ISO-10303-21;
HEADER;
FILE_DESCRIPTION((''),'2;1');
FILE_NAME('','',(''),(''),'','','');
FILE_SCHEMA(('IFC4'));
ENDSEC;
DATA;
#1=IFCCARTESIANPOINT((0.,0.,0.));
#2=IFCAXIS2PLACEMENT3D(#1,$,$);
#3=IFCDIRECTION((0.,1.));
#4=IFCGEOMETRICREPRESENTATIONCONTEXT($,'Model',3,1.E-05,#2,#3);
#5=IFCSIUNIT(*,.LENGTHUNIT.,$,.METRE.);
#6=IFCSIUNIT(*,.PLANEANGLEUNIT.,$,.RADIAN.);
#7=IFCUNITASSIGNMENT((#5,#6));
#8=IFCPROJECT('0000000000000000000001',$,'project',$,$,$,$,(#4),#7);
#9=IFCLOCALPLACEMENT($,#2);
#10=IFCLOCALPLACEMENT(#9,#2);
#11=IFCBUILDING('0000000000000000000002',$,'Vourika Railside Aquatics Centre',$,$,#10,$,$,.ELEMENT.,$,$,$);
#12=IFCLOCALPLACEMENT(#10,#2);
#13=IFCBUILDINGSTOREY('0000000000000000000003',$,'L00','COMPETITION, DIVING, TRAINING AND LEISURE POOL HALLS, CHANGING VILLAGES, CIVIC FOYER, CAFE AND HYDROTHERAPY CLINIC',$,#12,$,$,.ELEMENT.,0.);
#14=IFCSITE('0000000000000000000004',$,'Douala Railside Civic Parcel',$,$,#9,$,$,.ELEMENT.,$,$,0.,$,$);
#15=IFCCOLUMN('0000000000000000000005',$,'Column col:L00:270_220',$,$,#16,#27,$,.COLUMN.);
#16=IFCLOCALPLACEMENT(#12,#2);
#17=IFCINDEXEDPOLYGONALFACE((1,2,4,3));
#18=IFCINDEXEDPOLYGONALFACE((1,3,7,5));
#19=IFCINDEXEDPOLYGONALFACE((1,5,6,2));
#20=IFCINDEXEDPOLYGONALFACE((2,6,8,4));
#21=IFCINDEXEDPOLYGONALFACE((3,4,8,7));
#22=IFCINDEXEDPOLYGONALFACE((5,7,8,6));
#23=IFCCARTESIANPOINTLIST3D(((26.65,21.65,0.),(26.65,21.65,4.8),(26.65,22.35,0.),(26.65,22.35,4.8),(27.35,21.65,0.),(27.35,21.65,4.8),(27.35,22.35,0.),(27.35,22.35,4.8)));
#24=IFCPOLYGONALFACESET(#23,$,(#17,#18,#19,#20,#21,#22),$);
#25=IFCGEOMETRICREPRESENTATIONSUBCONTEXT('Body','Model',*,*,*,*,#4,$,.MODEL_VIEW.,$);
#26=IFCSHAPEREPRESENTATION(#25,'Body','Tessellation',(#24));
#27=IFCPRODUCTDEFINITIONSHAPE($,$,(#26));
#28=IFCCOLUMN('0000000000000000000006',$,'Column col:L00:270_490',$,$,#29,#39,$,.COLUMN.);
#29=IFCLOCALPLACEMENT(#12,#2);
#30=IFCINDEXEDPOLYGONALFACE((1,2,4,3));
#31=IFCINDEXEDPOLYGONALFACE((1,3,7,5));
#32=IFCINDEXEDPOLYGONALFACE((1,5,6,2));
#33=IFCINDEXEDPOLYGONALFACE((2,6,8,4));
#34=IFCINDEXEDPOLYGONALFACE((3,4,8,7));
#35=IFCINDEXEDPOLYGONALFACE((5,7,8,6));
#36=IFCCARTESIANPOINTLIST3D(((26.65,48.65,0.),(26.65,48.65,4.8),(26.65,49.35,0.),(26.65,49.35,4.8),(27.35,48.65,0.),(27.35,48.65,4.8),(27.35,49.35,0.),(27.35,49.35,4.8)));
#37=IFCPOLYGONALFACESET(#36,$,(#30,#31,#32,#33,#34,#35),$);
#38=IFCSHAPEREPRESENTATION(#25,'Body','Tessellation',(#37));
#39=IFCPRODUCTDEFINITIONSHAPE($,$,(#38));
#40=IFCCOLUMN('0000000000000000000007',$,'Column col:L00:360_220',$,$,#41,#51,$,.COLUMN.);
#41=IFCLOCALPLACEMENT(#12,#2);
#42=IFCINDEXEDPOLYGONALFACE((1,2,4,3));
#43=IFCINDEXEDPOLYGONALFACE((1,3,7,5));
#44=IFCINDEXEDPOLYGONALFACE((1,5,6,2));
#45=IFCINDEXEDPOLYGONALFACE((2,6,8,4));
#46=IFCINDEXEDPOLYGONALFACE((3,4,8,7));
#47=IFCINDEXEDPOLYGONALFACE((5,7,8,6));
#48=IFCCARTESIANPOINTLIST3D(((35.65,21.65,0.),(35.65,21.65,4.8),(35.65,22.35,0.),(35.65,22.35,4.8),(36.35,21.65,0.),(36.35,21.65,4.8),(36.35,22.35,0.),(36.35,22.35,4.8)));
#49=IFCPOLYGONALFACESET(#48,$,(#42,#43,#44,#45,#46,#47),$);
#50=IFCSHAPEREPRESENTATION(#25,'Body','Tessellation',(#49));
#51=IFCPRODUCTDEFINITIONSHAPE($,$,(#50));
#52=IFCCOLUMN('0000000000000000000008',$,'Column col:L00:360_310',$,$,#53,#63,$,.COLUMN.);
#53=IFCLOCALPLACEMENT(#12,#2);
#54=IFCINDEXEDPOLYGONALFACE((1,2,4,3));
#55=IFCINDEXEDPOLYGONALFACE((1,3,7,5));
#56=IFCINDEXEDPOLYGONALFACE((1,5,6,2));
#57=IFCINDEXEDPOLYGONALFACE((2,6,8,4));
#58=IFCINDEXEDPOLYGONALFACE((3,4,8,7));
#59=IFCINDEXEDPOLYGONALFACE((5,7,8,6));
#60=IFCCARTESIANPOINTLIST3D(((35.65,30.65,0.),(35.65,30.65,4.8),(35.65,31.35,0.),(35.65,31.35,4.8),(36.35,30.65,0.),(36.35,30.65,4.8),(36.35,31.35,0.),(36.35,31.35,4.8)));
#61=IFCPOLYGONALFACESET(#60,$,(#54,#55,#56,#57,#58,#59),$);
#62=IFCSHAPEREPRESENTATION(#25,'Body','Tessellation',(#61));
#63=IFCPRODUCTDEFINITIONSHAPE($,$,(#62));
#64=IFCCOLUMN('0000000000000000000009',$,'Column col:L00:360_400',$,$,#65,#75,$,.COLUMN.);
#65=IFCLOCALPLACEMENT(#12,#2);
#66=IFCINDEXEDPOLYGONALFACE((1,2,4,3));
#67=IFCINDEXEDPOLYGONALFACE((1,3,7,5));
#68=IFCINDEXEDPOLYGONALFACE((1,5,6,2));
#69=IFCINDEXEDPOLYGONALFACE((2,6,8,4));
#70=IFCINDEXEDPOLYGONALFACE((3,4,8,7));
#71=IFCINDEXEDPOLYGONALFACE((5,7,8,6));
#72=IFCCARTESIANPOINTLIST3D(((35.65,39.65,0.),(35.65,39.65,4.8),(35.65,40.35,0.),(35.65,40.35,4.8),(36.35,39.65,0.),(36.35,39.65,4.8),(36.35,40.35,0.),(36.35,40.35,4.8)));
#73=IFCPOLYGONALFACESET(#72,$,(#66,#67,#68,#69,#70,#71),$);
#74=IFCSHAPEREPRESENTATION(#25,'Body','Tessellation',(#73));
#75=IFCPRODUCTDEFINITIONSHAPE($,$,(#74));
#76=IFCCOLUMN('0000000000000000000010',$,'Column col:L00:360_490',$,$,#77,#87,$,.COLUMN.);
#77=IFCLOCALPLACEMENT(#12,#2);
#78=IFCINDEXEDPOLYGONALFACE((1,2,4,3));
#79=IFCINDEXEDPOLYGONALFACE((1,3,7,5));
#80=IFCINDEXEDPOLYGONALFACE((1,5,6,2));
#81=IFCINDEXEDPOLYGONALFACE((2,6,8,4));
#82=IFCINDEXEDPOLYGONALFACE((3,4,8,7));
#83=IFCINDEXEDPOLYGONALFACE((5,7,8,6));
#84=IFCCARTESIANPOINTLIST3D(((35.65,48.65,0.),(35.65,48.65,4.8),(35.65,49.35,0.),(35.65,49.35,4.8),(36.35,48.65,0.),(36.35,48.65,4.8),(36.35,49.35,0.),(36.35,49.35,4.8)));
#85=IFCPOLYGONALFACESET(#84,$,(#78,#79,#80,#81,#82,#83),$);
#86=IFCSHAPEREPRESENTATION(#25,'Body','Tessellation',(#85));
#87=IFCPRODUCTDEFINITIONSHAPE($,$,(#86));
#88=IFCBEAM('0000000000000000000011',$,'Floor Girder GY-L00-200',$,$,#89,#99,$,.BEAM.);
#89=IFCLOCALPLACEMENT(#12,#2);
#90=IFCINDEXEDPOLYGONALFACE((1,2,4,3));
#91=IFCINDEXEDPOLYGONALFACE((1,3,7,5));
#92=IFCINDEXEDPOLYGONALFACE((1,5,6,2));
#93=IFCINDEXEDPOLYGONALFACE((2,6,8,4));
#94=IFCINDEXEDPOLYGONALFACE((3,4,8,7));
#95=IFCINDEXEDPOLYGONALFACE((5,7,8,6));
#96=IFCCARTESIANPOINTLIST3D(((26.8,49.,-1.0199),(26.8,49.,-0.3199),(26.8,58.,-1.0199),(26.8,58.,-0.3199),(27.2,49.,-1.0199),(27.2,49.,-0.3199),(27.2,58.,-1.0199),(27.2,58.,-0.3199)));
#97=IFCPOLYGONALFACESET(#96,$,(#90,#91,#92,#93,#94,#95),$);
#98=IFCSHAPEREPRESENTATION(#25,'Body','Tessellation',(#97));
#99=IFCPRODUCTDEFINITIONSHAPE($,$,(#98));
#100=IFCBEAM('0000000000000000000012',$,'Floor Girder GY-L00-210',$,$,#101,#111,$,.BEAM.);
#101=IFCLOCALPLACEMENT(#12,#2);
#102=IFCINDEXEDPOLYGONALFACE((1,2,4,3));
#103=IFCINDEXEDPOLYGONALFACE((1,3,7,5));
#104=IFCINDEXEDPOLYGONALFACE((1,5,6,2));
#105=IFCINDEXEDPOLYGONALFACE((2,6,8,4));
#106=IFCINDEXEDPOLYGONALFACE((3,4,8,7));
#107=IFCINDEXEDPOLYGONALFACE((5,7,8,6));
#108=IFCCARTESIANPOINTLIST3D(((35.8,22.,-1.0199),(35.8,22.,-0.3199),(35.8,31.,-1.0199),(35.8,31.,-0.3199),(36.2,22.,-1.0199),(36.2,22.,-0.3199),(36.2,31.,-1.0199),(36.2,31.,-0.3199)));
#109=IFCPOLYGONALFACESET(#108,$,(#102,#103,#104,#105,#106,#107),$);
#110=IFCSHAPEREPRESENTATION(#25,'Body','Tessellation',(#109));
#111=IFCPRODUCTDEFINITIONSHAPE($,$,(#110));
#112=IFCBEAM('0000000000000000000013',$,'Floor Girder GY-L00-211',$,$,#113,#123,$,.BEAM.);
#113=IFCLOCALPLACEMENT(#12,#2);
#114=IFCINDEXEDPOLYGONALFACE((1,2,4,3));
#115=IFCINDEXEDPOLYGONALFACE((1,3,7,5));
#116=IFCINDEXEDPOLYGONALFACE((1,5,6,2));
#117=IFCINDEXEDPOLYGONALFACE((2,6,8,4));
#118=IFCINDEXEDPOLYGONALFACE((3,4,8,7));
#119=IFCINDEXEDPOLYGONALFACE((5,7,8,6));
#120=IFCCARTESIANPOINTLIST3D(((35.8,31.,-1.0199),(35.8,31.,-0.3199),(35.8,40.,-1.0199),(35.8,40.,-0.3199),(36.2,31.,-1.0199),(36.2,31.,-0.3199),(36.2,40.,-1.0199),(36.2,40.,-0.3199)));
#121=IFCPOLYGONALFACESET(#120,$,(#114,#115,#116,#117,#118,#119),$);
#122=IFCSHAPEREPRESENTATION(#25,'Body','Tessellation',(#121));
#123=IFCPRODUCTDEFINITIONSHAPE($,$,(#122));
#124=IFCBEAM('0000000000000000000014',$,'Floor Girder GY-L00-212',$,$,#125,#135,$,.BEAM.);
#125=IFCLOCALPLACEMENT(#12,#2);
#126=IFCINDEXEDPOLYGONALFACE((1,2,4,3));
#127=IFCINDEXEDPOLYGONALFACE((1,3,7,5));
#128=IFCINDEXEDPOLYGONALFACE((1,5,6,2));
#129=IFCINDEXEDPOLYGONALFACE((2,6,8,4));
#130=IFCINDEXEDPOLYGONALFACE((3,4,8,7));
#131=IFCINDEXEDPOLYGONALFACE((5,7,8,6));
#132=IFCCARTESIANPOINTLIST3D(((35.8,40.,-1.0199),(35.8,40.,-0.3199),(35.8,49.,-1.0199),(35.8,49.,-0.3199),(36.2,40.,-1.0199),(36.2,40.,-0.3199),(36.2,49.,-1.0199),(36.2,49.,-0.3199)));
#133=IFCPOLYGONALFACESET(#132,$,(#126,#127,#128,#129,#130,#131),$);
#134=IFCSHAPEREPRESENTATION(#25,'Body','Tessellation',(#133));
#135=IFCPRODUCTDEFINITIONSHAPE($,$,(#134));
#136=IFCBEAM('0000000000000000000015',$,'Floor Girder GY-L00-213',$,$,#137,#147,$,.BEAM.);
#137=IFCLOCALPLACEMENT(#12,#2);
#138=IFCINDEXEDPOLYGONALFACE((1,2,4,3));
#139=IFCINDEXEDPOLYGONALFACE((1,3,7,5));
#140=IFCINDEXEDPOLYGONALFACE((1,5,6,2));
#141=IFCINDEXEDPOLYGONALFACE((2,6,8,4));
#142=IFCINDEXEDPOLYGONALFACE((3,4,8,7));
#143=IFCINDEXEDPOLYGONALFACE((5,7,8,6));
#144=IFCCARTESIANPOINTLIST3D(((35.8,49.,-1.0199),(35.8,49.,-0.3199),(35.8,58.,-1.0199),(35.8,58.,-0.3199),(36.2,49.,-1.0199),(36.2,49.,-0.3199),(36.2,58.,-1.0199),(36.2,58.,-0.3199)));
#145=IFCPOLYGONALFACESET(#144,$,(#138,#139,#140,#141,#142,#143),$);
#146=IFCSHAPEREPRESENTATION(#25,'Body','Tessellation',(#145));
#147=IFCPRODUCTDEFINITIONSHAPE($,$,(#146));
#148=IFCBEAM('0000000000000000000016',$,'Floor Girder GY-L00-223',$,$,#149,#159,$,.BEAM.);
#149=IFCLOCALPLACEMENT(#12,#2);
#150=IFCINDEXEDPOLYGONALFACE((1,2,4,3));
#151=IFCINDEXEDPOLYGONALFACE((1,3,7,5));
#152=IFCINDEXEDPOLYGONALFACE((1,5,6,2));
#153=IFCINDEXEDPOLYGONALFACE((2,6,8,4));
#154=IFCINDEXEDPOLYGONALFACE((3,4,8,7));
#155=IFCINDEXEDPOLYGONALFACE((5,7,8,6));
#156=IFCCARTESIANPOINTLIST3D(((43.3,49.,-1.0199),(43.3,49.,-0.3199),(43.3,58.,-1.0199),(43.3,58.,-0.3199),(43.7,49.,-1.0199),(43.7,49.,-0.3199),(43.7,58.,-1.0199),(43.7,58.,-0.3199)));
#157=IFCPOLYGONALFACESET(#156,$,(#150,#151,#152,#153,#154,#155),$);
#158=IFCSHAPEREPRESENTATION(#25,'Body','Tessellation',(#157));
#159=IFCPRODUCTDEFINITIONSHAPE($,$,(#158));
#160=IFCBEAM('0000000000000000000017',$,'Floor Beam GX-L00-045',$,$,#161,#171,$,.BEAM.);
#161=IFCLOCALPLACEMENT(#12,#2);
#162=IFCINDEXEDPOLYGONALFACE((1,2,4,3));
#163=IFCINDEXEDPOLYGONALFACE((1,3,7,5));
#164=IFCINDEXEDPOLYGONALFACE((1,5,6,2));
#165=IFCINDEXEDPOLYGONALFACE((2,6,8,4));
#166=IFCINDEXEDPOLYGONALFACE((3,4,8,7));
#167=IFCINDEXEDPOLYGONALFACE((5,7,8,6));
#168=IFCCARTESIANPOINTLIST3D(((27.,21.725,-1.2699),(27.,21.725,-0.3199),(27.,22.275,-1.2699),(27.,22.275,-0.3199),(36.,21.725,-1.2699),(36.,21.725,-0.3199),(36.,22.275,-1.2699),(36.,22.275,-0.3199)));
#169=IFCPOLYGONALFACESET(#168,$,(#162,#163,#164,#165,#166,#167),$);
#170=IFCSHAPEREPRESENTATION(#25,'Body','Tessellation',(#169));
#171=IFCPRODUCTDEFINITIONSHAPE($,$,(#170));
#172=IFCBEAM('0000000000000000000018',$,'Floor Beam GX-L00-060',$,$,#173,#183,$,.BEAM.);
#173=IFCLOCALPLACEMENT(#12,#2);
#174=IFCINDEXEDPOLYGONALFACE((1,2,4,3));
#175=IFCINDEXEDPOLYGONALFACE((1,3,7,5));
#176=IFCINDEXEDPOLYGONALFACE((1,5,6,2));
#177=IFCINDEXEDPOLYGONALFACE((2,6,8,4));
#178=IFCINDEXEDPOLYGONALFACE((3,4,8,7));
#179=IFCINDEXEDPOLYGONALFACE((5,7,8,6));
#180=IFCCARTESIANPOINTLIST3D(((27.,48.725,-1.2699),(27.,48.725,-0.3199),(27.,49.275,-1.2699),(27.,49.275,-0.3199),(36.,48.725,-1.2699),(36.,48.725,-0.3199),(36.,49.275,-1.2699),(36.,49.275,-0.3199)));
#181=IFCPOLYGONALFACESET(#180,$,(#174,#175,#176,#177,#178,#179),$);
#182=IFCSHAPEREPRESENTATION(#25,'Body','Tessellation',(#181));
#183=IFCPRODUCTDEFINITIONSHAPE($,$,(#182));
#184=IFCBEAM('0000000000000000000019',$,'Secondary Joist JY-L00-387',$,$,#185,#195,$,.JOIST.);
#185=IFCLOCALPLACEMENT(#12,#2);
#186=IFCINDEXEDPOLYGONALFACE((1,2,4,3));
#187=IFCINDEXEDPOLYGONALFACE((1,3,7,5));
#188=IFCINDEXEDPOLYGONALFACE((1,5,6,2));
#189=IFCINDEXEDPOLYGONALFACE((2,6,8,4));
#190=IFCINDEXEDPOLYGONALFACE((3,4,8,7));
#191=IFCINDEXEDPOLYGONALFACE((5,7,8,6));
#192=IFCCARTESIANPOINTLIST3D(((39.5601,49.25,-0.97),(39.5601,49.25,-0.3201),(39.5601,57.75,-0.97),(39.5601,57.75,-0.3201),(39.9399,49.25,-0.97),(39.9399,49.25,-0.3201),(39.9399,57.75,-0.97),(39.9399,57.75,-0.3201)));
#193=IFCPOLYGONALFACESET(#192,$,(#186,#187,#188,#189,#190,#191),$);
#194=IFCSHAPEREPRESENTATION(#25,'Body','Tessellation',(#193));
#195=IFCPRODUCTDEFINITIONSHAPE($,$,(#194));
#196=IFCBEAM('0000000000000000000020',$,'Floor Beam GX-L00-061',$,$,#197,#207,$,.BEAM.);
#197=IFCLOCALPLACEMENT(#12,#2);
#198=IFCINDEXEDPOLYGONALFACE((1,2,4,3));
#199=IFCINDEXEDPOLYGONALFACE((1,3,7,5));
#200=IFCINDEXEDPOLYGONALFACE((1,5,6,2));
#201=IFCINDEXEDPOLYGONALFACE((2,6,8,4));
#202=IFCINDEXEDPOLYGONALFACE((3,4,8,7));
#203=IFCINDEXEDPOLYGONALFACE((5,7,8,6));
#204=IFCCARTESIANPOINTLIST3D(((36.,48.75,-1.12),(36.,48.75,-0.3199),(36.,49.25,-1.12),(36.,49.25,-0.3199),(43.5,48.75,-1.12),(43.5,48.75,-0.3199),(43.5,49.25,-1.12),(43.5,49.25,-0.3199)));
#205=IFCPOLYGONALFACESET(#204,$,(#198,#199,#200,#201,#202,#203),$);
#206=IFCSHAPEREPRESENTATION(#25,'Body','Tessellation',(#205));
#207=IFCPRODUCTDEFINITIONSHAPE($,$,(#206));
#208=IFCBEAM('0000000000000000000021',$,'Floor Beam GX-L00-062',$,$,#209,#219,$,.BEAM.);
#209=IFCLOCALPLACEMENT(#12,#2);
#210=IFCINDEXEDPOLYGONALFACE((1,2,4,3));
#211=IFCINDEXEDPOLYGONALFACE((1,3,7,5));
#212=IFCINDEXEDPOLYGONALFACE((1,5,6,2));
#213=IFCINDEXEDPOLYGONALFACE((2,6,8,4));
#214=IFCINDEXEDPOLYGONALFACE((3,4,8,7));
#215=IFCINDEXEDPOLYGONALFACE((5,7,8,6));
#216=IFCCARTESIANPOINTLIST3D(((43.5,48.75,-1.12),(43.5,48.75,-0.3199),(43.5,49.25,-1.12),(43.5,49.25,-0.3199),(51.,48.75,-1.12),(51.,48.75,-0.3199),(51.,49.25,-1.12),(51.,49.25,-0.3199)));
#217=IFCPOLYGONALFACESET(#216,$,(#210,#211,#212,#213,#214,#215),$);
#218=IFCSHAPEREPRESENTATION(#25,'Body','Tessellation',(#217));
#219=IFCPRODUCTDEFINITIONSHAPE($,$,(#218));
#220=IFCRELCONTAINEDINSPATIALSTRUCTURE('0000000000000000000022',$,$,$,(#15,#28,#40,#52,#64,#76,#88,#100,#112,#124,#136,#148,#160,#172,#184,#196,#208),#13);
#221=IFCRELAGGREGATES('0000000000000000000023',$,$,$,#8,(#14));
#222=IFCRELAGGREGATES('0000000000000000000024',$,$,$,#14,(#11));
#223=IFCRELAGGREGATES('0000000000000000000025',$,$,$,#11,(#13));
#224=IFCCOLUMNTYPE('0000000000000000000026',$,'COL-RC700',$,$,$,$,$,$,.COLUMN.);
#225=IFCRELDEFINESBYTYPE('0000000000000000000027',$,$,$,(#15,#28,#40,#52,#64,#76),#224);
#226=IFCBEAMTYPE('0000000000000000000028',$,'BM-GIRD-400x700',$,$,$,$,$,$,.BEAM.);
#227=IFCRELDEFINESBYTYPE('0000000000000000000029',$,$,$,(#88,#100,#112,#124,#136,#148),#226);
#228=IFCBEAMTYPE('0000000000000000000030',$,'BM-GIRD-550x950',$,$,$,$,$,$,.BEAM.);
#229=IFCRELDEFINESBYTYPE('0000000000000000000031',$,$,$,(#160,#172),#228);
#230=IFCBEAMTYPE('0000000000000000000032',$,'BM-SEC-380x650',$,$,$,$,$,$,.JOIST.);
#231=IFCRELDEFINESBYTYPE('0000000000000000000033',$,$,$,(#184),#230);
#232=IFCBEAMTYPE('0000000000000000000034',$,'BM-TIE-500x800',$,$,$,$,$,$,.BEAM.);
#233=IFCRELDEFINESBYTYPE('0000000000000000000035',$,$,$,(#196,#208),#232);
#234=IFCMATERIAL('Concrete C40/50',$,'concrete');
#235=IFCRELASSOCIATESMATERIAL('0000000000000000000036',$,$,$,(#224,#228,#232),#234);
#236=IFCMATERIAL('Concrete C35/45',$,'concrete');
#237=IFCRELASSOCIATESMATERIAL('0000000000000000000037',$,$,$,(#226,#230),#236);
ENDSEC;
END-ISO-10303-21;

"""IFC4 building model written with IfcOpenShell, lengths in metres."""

from ifc_helpers import new_model, si_unit, direction, frame, origin, origin_2d, place, context, subcontext, project, spatial, rectangle, extrude, material, material_profile, profile_set, type_object, element, save


model = new_model("IFC4")

# Units and contexts
model_context = context("Model", 3, precision=1e-05, world=origin(), true_north=direction((0.0, 1.0)))
body_context = subcontext(model_context, "Body", "Model", "MODEL_VIEW")
ifc_project = project(units=[si_unit("LENGTHUNIT", "METRE"), si_unit("PLANEANGLEUNIT", "RADIAN")], contexts=[model_context])

# Site, building, storey
site_placement = place(None, origin())
site = spatial("IfcSite", under=ifc_project, at=site_placement, Name="Douala Railside Civic Parcel", CompositionType="ELEMENT", RefElevation=0.0)
building_placement = place(site_placement, origin())
building = spatial("IfcBuilding", under=site, at=building_placement, Name="Vourika Railside Aquatics Centre", CompositionType="ELEMENT")
storey_placement = place(building_placement, origin())
storey = spatial("IfcBuildingStorey", under=building, at=storey_placement, Name="L00", Description="COMPETITION, DIVING, TRAINING AND LEISURE POOL HALLS, CHANGING VILLAGES, CIVIC FOYER, CAFE AND HYDROTHERAPY CLINIC", CompositionType="ELEMENT", Elevation=0.0)

# Columns
ifc_material_1 = material(Name="Concrete C40/50", Category="concrete")
ifc_material_profile_1 = material_profile(ifc_material_1, rectangle(XDim=0.7, YDim=0.7, at=origin_2d()), Name="RC 700x700")
ifc_profile_set_1 = profile_set([ifc_material_profile_1], Name="Concrete C40/50")
column_type = type_object("IfcColumnType", Name="COL-RC700", PredefinedType="COLUMN", material=ifc_profile_set_1)
for number, where, z_axis, x_axis, name in (
    (1, (27.0, 22.0, 0.0), (0.0, 0.0, 1.0), (1.0, 0.0, 0.0), "Column col:L00:270_220"),
    (2, (27.0, 49.0, 0.0), (0.0, 0.0, 1.0), (1.0, 0.0, 0.0), "Column col:L00:270_490"),
    (3, (36.0, 22.0, 0.0), (0.0, 0.0, 1.0), (1.0, 0.0, 0.0), "Column col:L00:360_220"),
    (4, (36.0, 31.0, 0.0), (0.0, 0.0, 1.0), (1.0, 0.0, 0.0), "Column col:L00:360_310"),
    (5, (36.0, 40.0, 0.0), (0.0, 0.0, 1.0), (1.0, 0.0, 0.0), "Column col:L00:360_400"),
    (6, (36.0, 49.0, 0.0), (0.0, 0.0, 1.0), (1.0, 0.0, 0.0), "Column col:L00:360_490"),
):
    element("IfcColumn", number, at=place(storey_placement, frame(where, z_axis=z_axis, x_axis=x_axis)), inside=storey, type_object=column_type, Name=name, PredefinedType="COLUMN", context=body_context, shape_type="SweptSolid", body=[
        extrude(rectangle(XDim=0.7, YDim=0.7, at=origin_2d()), origin(), (0.0, 0.0, 1.0), 4.8),
    ])

# Beams
ifc_material_2 = material(Name="Concrete C35/45", Category="concrete")
ifc_material_profile_2 = material_profile(ifc_material_2, rectangle(XDim=0.3999, YDim=0.7, at=origin_2d()), Name="RC 400x700")
ifc_profile_set_2 = profile_set([ifc_material_profile_2], Name="Concrete C35/45")
beam_type_1 = type_object("IfcBeamType", Name="BM-GIRD-400x700", PredefinedType="BEAM", material=ifc_profile_set_2)
for number, where, z_axis, x_axis, name in (
    (7, (27.0, 49.0, -0.6699), (0.0, 1.0, 0.0), (-1.0, 0.0, 0.0), "Floor Girder GY-L00-200"),
    (8, (36.0, 22.0, -0.6699), (0.0, 1.0, 0.0), (-1.0, 0.0, 0.0), "Floor Girder GY-L00-210"),
    (9, (36.0, 31.0, -0.6699), (0.0, 1.0, 0.0), (-1.0, 0.0, 0.0), "Floor Girder GY-L00-211"),
    (10, (36.0, 40.0, -0.6699), (0.0, 1.0, 0.0), (-1.0, 0.0, 0.0), "Floor Girder GY-L00-212"),
    (11, (36.0, 49.0, -0.6699), (0.0, 1.0, 0.0), (-1.0, 0.0, 0.0), "Floor Girder GY-L00-213"),
    (12, (43.5, 49.0, -0.6699), (0.0, 1.0, 0.0), (-1.0, 0.0, 0.0), "Floor Girder GY-L00-223"),
):
    element("IfcBeam", number, at=place(storey_placement, frame(where, z_axis=z_axis, x_axis=x_axis)), inside=storey, type_object=beam_type_1, Name=name, PredefinedType="BEAM", context=body_context, shape_type="SweptSolid", body=[
        extrude(rectangle(XDim=0.3999, YDim=0.7, at=origin_2d()), origin(), (0.0, 0.0, 1.0), 9.0),
    ])
ifc_material_profile_3 = material_profile(ifc_material_1, rectangle(XDim=0.55, YDim=0.95, at=origin_2d()), Name="RC 550x950")
ifc_profile_set_3 = profile_set([ifc_material_profile_3], Name="Concrete C40/50")
beam_type_2 = type_object("IfcBeamType", Name="BM-GIRD-550x950", PredefinedType="BEAM", material=ifc_profile_set_3)
for number, where, z_axis, x_axis, name in (
    (13, (27.0, 22.0, -0.7949), (1.0, 0.0, 0.0), (0.0, 1.0, 0.0), "Floor Beam GX-L00-045"),
    (14, (27.0, 49.0, -0.7949), (1.0, 0.0, 0.0), (0.0, 1.0, 0.0), "Floor Beam GX-L00-060"),
):
    element("IfcBeam", number, at=place(storey_placement, frame(where, z_axis=z_axis, x_axis=x_axis)), inside=storey, type_object=beam_type_2, Name=name, PredefinedType="BEAM", context=body_context, shape_type="SweptSolid", body=[
        extrude(rectangle(XDim=0.55, YDim=0.95, at=origin_2d()), origin(), (0.0, 0.0, 1.0), 9.0),
    ])
ifc_material_profile_4 = material_profile(ifc_material_2, rectangle(XDim=0.3799, YDim=0.6499, at=origin_2d()), Name="RC 380x650")
ifc_profile_set_4 = profile_set([ifc_material_profile_4], Name="Concrete C35/45")
beam_type_3 = type_object("IfcBeamType", Name="BM-SEC-380x650", PredefinedType="JOIST", material=ifc_profile_set_4)
beam_placement = place(storey_placement, frame((39.75, 49.25, -0.645), z_axis=(0.0, 1.0, 0.0), x_axis=(-1.0, 0.0, 0.0)))
element("IfcBeam", 15, at=beam_placement, inside=storey, type_object=beam_type_3, Name="Secondary Joist JY-L00-387", PredefinedType="JOIST", context=body_context, shape_type="SweptSolid", body=[
    extrude(rectangle(XDim=0.3799, YDim=0.6499, at=origin_2d()), origin(), (0.0, 0.0, 1.0), 8.5),
])
ifc_material_profile_5 = material_profile(ifc_material_1, rectangle(XDim=0.5, YDim=0.8, at=origin_2d()), Name="RC 500x800")
ifc_profile_set_5 = profile_set([ifc_material_profile_5], Name="Concrete C40/50")
beam_type_4 = type_object("IfcBeamType", Name="BM-TIE-500x800", PredefinedType="BEAM", material=ifc_profile_set_5)
for number, where, z_axis, x_axis, name in (
    (16, (36.0, 49.0, -0.72), (1.0, 0.0, 0.0), (0.0, 1.0, 0.0), "Floor Beam GX-L00-061"),
    (17, (43.5, 49.0, -0.72), (1.0, 0.0, 0.0), (0.0, 1.0, 0.0), "Floor Beam GX-L00-062"),
):
    element("IfcBeam", number, at=place(storey_placement, frame(where, z_axis=z_axis, x_axis=x_axis)), inside=storey, type_object=beam_type_4, Name=name, PredefinedType="BEAM", context=body_context, shape_type="SweptSolid", body=[
        extrude(rectangle(XDim=0.5, YDim=0.8, at=origin_2d()), origin(), (0.0, 0.0, 1.0), 7.5),
    ])

save(model, "model.ifc")
